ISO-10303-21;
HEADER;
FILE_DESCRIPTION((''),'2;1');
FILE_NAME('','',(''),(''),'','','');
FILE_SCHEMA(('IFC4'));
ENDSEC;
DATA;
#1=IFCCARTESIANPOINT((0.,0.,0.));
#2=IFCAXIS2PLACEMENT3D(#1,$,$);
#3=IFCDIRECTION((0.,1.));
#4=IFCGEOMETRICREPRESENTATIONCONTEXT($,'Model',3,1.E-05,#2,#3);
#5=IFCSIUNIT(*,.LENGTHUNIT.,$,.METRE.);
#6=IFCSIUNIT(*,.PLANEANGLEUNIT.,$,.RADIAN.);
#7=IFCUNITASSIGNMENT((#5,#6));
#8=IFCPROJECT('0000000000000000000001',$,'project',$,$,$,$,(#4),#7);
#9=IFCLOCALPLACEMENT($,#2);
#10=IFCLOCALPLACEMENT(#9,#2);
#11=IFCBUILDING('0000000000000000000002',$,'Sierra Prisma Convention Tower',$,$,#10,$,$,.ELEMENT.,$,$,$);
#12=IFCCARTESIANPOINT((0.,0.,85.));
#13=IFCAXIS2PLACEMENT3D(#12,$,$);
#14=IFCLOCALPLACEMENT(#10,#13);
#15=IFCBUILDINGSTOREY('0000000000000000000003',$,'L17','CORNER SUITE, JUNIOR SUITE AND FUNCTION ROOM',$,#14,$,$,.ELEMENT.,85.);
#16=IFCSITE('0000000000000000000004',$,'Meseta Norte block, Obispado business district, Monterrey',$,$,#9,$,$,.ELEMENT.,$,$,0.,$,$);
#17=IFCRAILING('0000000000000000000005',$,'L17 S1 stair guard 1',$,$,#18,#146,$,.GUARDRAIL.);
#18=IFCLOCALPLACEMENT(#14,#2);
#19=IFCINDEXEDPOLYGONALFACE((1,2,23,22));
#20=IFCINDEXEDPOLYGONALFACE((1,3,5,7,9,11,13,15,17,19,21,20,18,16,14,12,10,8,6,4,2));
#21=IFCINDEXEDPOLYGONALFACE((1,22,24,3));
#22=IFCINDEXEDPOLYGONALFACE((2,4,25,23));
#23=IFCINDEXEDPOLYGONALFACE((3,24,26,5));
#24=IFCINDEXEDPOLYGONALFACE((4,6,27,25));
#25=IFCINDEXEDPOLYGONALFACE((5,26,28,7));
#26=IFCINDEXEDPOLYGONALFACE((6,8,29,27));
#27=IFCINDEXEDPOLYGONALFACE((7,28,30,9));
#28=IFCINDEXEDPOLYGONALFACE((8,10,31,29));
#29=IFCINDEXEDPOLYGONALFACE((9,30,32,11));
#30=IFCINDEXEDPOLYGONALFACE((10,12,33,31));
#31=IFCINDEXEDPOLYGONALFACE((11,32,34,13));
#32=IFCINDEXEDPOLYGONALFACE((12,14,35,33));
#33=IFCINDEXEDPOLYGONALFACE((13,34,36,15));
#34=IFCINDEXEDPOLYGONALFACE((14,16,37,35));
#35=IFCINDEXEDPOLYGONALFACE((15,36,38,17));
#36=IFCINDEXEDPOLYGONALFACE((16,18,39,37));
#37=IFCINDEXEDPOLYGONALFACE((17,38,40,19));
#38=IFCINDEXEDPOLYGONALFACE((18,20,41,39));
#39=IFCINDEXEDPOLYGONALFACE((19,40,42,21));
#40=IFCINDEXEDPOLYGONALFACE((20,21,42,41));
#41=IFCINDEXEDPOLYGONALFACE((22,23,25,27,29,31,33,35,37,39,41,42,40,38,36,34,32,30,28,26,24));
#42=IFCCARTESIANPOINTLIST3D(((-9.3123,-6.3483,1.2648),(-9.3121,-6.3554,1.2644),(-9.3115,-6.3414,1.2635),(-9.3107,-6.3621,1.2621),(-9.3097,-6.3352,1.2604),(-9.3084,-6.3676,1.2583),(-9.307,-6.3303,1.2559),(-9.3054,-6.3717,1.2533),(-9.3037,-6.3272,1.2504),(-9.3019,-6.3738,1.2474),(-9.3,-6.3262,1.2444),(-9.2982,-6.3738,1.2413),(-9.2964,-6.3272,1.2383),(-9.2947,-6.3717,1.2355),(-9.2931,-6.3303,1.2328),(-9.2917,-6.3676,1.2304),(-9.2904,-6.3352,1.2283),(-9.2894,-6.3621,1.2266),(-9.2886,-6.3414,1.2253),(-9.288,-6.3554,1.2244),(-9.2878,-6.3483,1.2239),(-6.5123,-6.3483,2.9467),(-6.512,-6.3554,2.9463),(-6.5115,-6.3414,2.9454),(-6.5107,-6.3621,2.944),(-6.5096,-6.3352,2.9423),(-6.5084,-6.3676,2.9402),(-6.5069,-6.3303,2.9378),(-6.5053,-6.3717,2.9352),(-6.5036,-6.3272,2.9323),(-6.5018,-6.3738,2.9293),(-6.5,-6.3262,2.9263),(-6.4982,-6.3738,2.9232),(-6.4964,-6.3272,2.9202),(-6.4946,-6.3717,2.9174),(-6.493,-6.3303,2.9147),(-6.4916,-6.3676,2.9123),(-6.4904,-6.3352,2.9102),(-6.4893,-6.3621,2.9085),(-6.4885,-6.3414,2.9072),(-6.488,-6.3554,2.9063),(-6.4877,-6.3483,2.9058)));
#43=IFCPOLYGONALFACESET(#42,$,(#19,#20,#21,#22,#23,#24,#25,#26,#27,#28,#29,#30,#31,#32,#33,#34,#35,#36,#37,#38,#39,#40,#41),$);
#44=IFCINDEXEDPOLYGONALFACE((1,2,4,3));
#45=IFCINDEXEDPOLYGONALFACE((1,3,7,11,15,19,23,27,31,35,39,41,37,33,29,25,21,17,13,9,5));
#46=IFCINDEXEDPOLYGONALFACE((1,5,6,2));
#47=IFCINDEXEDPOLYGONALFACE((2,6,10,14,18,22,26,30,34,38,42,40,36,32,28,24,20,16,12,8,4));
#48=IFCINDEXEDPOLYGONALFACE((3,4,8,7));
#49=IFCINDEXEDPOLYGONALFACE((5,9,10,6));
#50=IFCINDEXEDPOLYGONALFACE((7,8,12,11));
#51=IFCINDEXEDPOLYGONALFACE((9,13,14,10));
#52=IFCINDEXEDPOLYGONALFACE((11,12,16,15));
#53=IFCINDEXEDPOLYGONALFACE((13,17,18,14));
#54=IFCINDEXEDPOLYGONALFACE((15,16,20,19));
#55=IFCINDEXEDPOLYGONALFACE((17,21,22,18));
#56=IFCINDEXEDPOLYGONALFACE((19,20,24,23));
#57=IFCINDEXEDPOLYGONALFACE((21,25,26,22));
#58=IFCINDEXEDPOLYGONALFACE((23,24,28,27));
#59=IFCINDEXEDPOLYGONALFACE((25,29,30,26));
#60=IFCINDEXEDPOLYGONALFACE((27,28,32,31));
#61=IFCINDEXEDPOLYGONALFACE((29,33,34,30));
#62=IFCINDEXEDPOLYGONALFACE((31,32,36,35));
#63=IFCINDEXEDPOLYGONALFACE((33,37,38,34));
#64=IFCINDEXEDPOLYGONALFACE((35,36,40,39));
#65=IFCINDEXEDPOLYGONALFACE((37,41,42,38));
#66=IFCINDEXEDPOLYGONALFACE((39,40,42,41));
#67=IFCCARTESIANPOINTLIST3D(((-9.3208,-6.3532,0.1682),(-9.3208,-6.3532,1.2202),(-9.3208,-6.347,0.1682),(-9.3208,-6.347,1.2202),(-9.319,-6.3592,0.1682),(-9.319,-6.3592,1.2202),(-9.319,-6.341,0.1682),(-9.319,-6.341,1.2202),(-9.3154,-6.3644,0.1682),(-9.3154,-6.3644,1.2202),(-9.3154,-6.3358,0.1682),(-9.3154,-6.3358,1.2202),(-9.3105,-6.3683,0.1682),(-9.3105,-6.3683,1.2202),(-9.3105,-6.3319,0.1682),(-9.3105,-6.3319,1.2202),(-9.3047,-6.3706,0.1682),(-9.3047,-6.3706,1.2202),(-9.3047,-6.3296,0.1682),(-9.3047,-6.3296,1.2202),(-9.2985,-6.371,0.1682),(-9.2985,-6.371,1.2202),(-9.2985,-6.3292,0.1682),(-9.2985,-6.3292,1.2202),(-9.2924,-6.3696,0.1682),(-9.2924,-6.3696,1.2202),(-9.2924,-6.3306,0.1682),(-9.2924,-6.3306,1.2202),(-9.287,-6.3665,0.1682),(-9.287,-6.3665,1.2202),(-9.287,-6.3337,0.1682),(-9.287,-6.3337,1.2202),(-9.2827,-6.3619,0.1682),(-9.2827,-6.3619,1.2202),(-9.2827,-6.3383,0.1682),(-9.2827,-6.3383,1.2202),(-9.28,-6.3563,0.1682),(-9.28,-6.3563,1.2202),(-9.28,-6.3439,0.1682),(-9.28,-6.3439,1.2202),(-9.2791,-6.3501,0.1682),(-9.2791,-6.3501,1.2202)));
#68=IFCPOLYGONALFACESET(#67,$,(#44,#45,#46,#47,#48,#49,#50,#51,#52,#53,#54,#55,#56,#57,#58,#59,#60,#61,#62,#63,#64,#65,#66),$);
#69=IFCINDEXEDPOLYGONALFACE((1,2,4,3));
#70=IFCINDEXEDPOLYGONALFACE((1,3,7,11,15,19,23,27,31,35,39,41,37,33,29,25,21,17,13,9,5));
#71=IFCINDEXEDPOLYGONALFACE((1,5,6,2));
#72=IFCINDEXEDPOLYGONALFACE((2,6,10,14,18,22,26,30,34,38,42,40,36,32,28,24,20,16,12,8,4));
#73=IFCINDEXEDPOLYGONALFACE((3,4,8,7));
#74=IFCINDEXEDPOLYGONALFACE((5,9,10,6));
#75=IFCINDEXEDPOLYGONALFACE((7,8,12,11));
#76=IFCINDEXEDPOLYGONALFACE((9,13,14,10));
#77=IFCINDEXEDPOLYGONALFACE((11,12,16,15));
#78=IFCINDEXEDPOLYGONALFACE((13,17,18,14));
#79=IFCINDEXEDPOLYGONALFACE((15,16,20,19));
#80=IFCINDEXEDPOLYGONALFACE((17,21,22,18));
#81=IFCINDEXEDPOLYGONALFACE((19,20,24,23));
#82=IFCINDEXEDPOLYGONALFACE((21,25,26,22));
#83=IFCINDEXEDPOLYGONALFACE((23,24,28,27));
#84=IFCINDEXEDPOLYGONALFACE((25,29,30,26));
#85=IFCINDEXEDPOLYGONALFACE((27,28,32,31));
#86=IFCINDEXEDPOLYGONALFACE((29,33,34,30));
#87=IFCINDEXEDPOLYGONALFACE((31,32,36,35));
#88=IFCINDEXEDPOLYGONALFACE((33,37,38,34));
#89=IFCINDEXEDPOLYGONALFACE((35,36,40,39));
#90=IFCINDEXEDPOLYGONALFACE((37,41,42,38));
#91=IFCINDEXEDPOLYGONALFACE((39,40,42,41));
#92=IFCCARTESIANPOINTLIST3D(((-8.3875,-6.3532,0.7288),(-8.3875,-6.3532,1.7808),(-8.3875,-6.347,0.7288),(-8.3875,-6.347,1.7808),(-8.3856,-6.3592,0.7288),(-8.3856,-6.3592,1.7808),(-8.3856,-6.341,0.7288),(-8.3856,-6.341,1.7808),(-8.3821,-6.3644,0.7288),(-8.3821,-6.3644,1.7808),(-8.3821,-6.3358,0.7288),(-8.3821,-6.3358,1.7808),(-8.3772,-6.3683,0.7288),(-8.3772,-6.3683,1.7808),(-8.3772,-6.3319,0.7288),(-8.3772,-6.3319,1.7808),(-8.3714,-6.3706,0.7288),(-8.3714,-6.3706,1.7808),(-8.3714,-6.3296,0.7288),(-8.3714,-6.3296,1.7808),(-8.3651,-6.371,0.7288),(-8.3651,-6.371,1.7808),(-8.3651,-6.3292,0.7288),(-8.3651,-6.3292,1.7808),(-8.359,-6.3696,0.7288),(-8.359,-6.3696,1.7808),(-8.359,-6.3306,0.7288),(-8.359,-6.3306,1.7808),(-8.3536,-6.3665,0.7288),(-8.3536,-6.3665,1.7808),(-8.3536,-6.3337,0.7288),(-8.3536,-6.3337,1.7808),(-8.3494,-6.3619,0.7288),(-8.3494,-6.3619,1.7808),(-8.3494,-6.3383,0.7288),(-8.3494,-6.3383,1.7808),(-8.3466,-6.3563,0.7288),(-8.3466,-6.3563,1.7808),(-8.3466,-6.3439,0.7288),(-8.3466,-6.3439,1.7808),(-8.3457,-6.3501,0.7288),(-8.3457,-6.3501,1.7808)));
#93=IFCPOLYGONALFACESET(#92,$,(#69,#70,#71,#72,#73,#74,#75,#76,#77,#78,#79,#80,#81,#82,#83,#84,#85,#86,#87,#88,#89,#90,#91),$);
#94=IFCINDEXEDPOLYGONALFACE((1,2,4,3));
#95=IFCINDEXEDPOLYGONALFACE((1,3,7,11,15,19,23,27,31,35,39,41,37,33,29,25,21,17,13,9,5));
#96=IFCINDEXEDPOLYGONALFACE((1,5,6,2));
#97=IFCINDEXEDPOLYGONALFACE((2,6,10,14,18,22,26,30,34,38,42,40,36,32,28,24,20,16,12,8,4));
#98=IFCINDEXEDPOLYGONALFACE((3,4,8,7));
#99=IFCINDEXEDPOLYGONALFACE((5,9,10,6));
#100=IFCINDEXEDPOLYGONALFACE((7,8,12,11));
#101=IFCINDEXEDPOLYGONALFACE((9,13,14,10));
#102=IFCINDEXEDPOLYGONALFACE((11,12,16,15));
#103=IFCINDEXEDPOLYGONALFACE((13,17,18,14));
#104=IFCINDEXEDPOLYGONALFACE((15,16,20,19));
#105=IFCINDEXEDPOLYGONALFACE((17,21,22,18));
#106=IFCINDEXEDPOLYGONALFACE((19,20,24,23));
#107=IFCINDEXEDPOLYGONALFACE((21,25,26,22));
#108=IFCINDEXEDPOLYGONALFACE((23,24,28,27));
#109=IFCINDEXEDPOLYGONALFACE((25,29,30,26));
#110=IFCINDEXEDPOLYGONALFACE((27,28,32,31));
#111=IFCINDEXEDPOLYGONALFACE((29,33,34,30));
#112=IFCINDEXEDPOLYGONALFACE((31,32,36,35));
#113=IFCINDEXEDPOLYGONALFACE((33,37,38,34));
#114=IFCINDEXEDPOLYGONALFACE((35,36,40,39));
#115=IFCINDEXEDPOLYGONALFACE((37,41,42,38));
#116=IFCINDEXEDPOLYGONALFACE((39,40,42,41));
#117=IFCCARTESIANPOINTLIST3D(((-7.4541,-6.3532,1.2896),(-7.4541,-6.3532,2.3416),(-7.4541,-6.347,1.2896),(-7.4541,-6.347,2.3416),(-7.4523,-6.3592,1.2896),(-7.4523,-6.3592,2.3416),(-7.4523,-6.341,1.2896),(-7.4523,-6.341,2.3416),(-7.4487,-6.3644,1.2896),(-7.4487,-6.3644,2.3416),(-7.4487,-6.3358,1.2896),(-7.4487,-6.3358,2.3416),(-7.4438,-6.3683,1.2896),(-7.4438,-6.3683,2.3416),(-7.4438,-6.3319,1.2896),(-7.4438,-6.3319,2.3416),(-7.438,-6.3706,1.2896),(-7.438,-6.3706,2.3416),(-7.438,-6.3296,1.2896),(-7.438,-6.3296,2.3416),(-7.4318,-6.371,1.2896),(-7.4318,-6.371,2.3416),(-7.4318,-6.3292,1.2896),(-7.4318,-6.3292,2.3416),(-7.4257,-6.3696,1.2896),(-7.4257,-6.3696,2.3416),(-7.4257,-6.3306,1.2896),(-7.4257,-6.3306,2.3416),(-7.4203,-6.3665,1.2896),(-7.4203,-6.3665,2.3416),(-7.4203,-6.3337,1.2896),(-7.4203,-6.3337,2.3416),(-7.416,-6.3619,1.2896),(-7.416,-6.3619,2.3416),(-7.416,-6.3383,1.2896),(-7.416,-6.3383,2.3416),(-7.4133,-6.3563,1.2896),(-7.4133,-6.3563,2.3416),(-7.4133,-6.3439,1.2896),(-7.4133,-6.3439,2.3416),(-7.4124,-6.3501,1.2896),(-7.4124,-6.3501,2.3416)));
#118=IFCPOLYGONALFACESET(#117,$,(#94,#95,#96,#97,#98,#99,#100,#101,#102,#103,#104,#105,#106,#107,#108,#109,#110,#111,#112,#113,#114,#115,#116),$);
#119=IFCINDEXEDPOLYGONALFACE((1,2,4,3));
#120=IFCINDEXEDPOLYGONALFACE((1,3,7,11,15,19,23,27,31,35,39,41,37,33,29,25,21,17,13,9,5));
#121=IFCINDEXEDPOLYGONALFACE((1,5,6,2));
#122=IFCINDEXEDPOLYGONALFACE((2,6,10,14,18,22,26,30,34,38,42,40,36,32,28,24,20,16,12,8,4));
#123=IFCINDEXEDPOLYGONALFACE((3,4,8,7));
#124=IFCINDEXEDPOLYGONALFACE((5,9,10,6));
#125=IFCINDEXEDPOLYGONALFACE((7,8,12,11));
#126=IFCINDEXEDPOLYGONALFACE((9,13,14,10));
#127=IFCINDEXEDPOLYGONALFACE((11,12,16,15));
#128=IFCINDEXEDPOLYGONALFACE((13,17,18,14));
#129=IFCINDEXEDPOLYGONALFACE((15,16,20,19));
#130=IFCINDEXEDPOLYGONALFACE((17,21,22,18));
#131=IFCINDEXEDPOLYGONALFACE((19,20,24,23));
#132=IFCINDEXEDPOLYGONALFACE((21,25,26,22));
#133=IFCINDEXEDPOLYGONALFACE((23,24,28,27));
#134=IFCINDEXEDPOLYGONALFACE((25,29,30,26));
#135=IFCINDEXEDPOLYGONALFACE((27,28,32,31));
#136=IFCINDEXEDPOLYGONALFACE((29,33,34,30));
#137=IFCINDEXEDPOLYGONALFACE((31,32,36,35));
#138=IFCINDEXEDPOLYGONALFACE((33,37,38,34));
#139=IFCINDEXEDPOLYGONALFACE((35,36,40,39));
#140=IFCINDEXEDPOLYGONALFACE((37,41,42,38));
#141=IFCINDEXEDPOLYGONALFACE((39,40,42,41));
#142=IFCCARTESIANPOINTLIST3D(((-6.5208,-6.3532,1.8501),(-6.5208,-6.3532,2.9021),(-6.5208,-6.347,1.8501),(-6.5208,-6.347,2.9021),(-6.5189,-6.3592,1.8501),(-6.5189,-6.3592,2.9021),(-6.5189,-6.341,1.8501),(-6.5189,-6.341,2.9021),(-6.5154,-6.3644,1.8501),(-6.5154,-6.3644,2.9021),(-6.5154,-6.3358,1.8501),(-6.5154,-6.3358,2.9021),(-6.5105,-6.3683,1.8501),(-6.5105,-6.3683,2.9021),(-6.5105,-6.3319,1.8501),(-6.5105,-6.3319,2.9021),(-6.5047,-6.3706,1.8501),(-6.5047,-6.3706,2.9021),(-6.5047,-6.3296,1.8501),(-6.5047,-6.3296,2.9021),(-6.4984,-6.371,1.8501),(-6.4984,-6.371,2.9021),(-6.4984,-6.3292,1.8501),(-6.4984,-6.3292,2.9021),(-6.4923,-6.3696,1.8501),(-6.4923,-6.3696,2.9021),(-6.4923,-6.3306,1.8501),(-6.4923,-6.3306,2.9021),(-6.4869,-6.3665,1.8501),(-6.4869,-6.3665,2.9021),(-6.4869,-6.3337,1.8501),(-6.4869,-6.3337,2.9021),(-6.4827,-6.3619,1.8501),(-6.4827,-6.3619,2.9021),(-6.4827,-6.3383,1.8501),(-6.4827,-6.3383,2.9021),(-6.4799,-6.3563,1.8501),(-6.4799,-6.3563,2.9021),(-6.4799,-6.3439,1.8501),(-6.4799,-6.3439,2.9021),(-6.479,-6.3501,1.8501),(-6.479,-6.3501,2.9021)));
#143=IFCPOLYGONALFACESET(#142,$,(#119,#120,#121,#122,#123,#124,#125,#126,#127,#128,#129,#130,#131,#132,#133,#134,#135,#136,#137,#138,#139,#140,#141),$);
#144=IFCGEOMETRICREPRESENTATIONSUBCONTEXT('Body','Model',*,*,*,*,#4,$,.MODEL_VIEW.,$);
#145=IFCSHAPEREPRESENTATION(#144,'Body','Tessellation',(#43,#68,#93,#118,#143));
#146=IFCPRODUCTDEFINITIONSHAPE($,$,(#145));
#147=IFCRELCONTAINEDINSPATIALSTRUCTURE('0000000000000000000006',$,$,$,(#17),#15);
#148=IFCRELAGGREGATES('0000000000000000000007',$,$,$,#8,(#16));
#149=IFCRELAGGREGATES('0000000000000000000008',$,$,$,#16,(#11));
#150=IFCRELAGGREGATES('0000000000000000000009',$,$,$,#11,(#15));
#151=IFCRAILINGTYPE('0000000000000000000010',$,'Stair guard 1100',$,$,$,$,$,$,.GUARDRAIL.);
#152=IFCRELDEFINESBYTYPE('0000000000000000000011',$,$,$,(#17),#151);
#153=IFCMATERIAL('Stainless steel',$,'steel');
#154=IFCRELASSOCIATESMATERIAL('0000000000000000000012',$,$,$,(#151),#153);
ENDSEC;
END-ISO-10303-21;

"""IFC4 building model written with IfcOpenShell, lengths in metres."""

from ifc_helpers import new_model, si_unit, direction, frame, origin, origin_2d, place, context, subcontext, project, spatial, circle, extrude, material, type_object, element, save


model = new_model("IFC4")

# Units and contexts
model_context = context("Model", 3, precision=1e-05, world=origin(), true_north=direction((0.0, 1.0)))
body_context = subcontext(model_context, "Body", "Model", "MODEL_VIEW")
ifc_project = project(units=[si_unit("LENGTHUNIT", "METRE"), si_unit("PLANEANGLEUNIT", "RADIAN")], contexts=[model_context])

# Site, building, storey
site_placement = place(None, origin())
site = spatial("IfcSite", under=ifc_project, at=site_placement, Name="Meseta Norte block, Obispado business district, Monterrey", CompositionType="ELEMENT", RefElevation=0.0)
building_placement = place(site_placement, origin())
building = spatial("IfcBuilding", under=site, at=building_placement, Name="Sierra Prisma Convention Tower", CompositionType="ELEMENT")
storey_placement = place(building_placement, frame((0.0, 0.0, 85.0)))
storey = spatial("IfcBuildingStorey", under=building, at=storey_placement, Name="L17", Description="CORNER SUITE, JUNIOR SUITE AND FUNCTION ROOM", CompositionType="ELEMENT", Elevation=85.0)

# Railing
ifc_material_1 = material(Name="Stainless steel", Category="steel")
railing_type_1 = type_object("IfcRailingType", Name="Stair guard 1100", PredefinedType="GUARDRAIL", material=ifc_material_1)
railing_1_placement = place(storey_placement, frame((-9.3, -6.3501, 0.1682)))
element("IfcRailing", 1, at=railing_1_placement, inside=storey, type_object=railing_type_1, Name="L17 S1 stair guard 1", PredefinedType="GUARDRAIL", context=body_context, shape_type="SweptSolid", body=[
    extrude(circle(Radius=0.0239, at=origin_2d()), frame((0.0, 0.0, 1.0762), z_axis=(0.857242, 0.0, 0.514913), x_axis=(0.0, 1.0, 0.0)), (0.0, 0.0, 1.0), 3.2664),
    extrude(circle(Radius=0.021, at=origin_2d()), origin(), (0.0, 0.0, 1.0), 1.052),
    extrude(circle(Radius=0.021, at=origin_2d()), frame((0.9333, 0.0, 0.5605)), (0.0, 0.0, 1.0), 1.052),
    extrude(circle(Radius=0.021, at=origin_2d()), frame((1.8667, 0.0, 1.1213)), (0.0, 0.0, 1.0), 1.052),
    extrude(circle(Radius=0.021, at=origin_2d()), frame((2.8, 0.0, 1.6819)), (0.0, 0.0, 1.0), 1.052),
])

save(model, "model.ifc")
